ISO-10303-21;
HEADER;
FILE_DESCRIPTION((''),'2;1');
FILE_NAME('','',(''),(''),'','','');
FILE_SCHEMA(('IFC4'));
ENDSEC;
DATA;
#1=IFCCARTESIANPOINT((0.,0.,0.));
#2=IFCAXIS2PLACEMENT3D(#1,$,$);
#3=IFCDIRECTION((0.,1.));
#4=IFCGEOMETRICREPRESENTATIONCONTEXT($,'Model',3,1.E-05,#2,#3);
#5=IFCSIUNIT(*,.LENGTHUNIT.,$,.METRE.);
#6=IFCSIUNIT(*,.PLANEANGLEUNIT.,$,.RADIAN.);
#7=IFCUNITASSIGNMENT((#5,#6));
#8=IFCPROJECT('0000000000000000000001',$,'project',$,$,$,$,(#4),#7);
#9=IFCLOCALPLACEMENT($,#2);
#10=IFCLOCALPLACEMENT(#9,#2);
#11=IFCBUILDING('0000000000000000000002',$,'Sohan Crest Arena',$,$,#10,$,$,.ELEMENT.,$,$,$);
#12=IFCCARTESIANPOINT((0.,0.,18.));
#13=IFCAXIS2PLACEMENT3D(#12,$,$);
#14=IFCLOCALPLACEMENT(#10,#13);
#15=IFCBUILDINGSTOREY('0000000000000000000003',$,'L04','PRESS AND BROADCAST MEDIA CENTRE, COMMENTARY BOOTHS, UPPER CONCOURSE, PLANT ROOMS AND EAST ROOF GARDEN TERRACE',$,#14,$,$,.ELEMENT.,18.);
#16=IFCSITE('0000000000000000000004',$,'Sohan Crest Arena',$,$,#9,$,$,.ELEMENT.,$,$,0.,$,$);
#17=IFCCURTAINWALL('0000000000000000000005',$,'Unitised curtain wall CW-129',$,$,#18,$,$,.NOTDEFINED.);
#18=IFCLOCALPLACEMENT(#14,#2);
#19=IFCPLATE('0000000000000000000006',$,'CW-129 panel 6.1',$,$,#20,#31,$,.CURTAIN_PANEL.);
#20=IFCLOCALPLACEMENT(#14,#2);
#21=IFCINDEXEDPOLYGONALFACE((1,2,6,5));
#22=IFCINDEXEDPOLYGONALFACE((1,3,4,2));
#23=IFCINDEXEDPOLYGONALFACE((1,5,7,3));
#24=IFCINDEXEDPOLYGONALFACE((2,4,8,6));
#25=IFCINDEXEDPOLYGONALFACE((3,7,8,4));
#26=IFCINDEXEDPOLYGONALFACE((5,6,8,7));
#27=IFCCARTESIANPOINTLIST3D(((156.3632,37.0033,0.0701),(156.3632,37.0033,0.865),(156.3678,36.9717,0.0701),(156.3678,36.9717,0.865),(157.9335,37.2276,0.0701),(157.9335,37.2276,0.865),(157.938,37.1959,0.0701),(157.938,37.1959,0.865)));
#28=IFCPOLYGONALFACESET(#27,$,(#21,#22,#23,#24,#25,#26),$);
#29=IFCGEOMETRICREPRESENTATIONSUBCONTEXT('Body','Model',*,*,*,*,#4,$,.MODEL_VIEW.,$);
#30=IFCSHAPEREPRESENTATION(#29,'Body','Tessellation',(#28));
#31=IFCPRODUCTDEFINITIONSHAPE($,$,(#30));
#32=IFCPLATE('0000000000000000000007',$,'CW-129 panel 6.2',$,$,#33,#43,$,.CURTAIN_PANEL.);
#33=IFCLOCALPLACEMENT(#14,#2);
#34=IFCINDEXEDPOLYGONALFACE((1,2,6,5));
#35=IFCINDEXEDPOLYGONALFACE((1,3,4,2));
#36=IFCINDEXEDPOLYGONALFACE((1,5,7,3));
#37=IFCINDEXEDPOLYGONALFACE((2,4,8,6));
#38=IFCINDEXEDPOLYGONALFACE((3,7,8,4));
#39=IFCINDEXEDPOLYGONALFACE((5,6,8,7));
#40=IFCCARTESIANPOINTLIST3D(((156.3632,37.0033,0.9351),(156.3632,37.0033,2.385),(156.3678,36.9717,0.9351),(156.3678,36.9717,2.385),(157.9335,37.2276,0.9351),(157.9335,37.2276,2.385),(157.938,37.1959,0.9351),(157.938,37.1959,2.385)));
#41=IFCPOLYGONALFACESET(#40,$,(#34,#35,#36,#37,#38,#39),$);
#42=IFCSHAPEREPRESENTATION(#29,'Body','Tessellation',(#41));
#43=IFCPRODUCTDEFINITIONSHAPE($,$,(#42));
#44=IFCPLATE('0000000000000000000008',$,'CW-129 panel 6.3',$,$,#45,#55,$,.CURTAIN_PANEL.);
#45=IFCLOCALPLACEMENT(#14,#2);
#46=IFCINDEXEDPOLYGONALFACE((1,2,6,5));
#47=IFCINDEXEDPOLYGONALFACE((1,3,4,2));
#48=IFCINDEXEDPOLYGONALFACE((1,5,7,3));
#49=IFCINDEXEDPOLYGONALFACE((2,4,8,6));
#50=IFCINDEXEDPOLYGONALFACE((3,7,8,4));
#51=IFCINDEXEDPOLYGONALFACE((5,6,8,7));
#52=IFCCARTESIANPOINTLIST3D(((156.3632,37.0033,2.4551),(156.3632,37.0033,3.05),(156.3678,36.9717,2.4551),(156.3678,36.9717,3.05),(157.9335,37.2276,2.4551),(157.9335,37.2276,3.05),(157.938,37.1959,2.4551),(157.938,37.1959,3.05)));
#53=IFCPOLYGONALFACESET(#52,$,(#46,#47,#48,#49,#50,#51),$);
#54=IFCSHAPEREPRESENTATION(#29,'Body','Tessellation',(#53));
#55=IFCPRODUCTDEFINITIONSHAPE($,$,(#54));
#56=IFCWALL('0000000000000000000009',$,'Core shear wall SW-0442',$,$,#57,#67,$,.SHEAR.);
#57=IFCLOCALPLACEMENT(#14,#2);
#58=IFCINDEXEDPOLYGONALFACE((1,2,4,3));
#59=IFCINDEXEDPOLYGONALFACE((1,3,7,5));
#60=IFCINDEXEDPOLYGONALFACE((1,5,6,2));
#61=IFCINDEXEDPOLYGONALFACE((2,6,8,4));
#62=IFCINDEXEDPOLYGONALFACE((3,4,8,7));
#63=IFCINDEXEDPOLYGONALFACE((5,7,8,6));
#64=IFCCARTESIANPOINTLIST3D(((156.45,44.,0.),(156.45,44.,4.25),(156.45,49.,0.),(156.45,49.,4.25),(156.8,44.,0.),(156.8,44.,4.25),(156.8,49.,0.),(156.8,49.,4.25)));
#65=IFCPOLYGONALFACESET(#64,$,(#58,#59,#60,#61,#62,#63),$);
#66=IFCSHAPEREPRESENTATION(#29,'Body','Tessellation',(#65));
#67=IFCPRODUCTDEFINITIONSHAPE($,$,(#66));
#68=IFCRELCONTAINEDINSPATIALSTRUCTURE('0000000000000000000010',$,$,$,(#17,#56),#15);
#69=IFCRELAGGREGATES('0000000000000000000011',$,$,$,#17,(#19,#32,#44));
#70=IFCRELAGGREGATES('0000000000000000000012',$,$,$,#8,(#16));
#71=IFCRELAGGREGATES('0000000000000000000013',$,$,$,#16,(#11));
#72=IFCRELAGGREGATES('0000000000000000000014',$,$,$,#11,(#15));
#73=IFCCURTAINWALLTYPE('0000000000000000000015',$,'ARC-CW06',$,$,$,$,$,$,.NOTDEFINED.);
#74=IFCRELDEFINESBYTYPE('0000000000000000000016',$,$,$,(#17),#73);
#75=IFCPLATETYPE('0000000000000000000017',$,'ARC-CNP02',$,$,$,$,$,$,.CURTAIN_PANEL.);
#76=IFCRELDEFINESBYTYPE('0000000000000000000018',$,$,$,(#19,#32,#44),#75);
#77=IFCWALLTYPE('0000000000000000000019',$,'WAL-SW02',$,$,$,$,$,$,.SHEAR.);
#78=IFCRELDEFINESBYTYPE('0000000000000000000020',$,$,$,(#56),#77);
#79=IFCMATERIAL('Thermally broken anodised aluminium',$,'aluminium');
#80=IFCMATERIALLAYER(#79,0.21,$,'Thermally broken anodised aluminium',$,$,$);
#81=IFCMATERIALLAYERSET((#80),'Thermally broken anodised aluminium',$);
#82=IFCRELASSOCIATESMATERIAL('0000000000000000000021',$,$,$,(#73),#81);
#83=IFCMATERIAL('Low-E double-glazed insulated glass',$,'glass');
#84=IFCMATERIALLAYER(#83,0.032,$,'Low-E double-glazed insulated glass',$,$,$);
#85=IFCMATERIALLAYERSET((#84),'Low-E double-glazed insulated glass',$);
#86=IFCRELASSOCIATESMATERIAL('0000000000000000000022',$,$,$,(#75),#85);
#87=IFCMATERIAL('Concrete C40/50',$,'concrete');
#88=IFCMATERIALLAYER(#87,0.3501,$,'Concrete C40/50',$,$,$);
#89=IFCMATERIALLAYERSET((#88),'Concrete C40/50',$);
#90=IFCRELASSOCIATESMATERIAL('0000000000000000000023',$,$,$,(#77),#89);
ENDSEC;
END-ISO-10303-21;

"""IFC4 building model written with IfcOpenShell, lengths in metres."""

from ifc_helpers import new_model, si_unit, direction, frame, frame_2d, origin, origin_2d, place, context, subcontext, project, spatial, rectangle, extrude, material, layer, layer_set, type_object, element, aggregate, save


model = new_model("IFC4")

# Units and contexts
model_context = context("Model", 3, precision=1e-05, world=origin(), true_north=direction((0.0, 1.0)))
body_context = subcontext(model_context, "Body", "Model", "MODEL_VIEW")
ifc_project = project(units=[si_unit("LENGTHUNIT", "METRE"), si_unit("PLANEANGLEUNIT", "RADIAN")], contexts=[model_context])

# Site, building, storey
site_placement = place(None, origin())
site = spatial("IfcSite", under=ifc_project, at=site_placement, Name="Sohan Crest Arena", CompositionType="ELEMENT", RefElevation=0.0)
building_placement = place(site_placement, origin())
building = spatial("IfcBuilding", under=site, at=building_placement, Name="Sohan Crest Arena", CompositionType="ELEMENT")
storey_placement = place(building_placement, frame((0.0, 0.0, 18.0)))
storey = spatial("IfcBuildingStorey", under=building, at=storey_placement, Name="L04", Description="PRESS AND BROADCAST MEDIA CENTRE, COMMENTARY BOOTHS, UPPER CONCOURSE, PLANT ROOMS AND EAST ROOF GARDEN TERRACE", CompositionType="ELEMENT", Elevation=18.0)

# Shared definitions
ifc_material_1 = material(Name="Concrete C40/50", Category="concrete")

# Curtain wall
ifc_material_2 = material(Name="Thermally broken anodised aluminium", Category="aluminium")
ifc_layer_1 = layer(ifc_material_2, 0.21, Name="Thermally broken anodised aluminium")
ifc_layer_set_1 = layer_set([ifc_layer_1], Name="Thermally broken anodised aluminium")
curtain_wall_type_1 = type_object("IfcCurtainWallType", Name="ARC-CW06", PredefinedType="NOTDEFINED", material=ifc_layer_set_1)
curtain_wall_1_placement = place(storey_placement, origin())
curtain_wall_1 = element("IfcCurtainWall", 1, at=curtain_wall_1_placement, inside=storey, type_object=curtain_wall_type_1, Name="Unitised curtain wall CW-129", PredefinedType="NOTDEFINED")

# Plates
ifc_material_3 = material(Name="Low-E double-glazed insulated glass", Category="glass")
ifc_layer_2 = layer(ifc_material_3, 0.032, Name="Low-E double-glazed insulated glass")
ifc_layer_set_2 = layer_set([ifc_layer_2], Name="Low-E double-glazed insulated glass")
plate_type = type_object("IfcPlateType", Name="ARC-CNP02", PredefinedType="CURTAIN_PANEL", material=ifc_layer_set_2)
plate_1_placement = place(storey_placement, frame((157.1506, 37.0996, 0.0701), z_axis=(0.0, 0.0, 1.0), x_axis=(0.989957, 0.141366, 0.0)))
plate_1 = element("IfcPlate", 2, at=plate_1_placement, type_object=plate_type, Name="CW-129 panel 6.1", PredefinedType="CURTAIN_PANEL", context=body_context, shape_type="SweptSolid", body=[
    extrude(rectangle(XDim=1.5862, YDim=0.032, at=origin_2d()), origin(), (0.0, 0.0, 1.0), 0.7949),
])
plate_2_placement = place(storey_placement, frame((157.1506, 37.0996, 0.9351), z_axis=(0.0, 0.0, 1.0), x_axis=(0.989957, 0.141366, 0.0)))
plate_2 = element("IfcPlate", 3, at=plate_2_placement, type_object=plate_type, Name="CW-129 panel 6.2", PredefinedType="CURTAIN_PANEL", context=body_context, shape_type="SweptSolid", body=[
    extrude(rectangle(XDim=1.5862, YDim=0.032, at=origin_2d()), origin(), (0.0, 0.0, 1.0), 1.45),
])
plate_3_placement = place(storey_placement, frame((157.1506, 37.0996, 2.4551), z_axis=(0.0, 0.0, 1.0), x_axis=(0.989957, 0.141366, 0.0)))
plate_3 = element("IfcPlate", 4, at=plate_3_placement, type_object=plate_type, Name="CW-129 panel 6.3", PredefinedType="CURTAIN_PANEL", context=body_context, shape_type="SweptSolid", body=[
    extrude(rectangle(XDim=1.5862, YDim=0.032, at=origin_2d()), origin(), (0.0, 0.0, 1.0), 0.595),
])
aggregate(curtain_wall_1, [plate_1, plate_2, plate_3])

# Wall
ifc_layer_3 = layer(ifc_material_1, 0.3501, Name="Concrete C40/50")
ifc_layer_set_3 = layer_set([ifc_layer_3], Name="Concrete C40/50")
wall_type = type_object("IfcWallType", Name="WAL-SW02", PredefinedType="SHEAR", material=ifc_layer_set_3)
wall_placement = place(storey_placement, frame((156.625, 44.0, 0.0), z_axis=(0.0, 0.0, 1.0), x_axis=(0.0, 1.0, 0.0)))
element("IfcWall", 5, at=wall_placement, inside=storey, type_object=wall_type, Name="Core shear wall SW-0442", PredefinedType="SHEAR", context=body_context, shape_type="SweptSolid", body=[
    extrude(rectangle(XDim=5.0, YDim=0.3501, at=frame_2d((2.5, 0.0))), origin(), (0.0, 0.0, 1.0), 4.25),
])

save(model, "model.ifc")
